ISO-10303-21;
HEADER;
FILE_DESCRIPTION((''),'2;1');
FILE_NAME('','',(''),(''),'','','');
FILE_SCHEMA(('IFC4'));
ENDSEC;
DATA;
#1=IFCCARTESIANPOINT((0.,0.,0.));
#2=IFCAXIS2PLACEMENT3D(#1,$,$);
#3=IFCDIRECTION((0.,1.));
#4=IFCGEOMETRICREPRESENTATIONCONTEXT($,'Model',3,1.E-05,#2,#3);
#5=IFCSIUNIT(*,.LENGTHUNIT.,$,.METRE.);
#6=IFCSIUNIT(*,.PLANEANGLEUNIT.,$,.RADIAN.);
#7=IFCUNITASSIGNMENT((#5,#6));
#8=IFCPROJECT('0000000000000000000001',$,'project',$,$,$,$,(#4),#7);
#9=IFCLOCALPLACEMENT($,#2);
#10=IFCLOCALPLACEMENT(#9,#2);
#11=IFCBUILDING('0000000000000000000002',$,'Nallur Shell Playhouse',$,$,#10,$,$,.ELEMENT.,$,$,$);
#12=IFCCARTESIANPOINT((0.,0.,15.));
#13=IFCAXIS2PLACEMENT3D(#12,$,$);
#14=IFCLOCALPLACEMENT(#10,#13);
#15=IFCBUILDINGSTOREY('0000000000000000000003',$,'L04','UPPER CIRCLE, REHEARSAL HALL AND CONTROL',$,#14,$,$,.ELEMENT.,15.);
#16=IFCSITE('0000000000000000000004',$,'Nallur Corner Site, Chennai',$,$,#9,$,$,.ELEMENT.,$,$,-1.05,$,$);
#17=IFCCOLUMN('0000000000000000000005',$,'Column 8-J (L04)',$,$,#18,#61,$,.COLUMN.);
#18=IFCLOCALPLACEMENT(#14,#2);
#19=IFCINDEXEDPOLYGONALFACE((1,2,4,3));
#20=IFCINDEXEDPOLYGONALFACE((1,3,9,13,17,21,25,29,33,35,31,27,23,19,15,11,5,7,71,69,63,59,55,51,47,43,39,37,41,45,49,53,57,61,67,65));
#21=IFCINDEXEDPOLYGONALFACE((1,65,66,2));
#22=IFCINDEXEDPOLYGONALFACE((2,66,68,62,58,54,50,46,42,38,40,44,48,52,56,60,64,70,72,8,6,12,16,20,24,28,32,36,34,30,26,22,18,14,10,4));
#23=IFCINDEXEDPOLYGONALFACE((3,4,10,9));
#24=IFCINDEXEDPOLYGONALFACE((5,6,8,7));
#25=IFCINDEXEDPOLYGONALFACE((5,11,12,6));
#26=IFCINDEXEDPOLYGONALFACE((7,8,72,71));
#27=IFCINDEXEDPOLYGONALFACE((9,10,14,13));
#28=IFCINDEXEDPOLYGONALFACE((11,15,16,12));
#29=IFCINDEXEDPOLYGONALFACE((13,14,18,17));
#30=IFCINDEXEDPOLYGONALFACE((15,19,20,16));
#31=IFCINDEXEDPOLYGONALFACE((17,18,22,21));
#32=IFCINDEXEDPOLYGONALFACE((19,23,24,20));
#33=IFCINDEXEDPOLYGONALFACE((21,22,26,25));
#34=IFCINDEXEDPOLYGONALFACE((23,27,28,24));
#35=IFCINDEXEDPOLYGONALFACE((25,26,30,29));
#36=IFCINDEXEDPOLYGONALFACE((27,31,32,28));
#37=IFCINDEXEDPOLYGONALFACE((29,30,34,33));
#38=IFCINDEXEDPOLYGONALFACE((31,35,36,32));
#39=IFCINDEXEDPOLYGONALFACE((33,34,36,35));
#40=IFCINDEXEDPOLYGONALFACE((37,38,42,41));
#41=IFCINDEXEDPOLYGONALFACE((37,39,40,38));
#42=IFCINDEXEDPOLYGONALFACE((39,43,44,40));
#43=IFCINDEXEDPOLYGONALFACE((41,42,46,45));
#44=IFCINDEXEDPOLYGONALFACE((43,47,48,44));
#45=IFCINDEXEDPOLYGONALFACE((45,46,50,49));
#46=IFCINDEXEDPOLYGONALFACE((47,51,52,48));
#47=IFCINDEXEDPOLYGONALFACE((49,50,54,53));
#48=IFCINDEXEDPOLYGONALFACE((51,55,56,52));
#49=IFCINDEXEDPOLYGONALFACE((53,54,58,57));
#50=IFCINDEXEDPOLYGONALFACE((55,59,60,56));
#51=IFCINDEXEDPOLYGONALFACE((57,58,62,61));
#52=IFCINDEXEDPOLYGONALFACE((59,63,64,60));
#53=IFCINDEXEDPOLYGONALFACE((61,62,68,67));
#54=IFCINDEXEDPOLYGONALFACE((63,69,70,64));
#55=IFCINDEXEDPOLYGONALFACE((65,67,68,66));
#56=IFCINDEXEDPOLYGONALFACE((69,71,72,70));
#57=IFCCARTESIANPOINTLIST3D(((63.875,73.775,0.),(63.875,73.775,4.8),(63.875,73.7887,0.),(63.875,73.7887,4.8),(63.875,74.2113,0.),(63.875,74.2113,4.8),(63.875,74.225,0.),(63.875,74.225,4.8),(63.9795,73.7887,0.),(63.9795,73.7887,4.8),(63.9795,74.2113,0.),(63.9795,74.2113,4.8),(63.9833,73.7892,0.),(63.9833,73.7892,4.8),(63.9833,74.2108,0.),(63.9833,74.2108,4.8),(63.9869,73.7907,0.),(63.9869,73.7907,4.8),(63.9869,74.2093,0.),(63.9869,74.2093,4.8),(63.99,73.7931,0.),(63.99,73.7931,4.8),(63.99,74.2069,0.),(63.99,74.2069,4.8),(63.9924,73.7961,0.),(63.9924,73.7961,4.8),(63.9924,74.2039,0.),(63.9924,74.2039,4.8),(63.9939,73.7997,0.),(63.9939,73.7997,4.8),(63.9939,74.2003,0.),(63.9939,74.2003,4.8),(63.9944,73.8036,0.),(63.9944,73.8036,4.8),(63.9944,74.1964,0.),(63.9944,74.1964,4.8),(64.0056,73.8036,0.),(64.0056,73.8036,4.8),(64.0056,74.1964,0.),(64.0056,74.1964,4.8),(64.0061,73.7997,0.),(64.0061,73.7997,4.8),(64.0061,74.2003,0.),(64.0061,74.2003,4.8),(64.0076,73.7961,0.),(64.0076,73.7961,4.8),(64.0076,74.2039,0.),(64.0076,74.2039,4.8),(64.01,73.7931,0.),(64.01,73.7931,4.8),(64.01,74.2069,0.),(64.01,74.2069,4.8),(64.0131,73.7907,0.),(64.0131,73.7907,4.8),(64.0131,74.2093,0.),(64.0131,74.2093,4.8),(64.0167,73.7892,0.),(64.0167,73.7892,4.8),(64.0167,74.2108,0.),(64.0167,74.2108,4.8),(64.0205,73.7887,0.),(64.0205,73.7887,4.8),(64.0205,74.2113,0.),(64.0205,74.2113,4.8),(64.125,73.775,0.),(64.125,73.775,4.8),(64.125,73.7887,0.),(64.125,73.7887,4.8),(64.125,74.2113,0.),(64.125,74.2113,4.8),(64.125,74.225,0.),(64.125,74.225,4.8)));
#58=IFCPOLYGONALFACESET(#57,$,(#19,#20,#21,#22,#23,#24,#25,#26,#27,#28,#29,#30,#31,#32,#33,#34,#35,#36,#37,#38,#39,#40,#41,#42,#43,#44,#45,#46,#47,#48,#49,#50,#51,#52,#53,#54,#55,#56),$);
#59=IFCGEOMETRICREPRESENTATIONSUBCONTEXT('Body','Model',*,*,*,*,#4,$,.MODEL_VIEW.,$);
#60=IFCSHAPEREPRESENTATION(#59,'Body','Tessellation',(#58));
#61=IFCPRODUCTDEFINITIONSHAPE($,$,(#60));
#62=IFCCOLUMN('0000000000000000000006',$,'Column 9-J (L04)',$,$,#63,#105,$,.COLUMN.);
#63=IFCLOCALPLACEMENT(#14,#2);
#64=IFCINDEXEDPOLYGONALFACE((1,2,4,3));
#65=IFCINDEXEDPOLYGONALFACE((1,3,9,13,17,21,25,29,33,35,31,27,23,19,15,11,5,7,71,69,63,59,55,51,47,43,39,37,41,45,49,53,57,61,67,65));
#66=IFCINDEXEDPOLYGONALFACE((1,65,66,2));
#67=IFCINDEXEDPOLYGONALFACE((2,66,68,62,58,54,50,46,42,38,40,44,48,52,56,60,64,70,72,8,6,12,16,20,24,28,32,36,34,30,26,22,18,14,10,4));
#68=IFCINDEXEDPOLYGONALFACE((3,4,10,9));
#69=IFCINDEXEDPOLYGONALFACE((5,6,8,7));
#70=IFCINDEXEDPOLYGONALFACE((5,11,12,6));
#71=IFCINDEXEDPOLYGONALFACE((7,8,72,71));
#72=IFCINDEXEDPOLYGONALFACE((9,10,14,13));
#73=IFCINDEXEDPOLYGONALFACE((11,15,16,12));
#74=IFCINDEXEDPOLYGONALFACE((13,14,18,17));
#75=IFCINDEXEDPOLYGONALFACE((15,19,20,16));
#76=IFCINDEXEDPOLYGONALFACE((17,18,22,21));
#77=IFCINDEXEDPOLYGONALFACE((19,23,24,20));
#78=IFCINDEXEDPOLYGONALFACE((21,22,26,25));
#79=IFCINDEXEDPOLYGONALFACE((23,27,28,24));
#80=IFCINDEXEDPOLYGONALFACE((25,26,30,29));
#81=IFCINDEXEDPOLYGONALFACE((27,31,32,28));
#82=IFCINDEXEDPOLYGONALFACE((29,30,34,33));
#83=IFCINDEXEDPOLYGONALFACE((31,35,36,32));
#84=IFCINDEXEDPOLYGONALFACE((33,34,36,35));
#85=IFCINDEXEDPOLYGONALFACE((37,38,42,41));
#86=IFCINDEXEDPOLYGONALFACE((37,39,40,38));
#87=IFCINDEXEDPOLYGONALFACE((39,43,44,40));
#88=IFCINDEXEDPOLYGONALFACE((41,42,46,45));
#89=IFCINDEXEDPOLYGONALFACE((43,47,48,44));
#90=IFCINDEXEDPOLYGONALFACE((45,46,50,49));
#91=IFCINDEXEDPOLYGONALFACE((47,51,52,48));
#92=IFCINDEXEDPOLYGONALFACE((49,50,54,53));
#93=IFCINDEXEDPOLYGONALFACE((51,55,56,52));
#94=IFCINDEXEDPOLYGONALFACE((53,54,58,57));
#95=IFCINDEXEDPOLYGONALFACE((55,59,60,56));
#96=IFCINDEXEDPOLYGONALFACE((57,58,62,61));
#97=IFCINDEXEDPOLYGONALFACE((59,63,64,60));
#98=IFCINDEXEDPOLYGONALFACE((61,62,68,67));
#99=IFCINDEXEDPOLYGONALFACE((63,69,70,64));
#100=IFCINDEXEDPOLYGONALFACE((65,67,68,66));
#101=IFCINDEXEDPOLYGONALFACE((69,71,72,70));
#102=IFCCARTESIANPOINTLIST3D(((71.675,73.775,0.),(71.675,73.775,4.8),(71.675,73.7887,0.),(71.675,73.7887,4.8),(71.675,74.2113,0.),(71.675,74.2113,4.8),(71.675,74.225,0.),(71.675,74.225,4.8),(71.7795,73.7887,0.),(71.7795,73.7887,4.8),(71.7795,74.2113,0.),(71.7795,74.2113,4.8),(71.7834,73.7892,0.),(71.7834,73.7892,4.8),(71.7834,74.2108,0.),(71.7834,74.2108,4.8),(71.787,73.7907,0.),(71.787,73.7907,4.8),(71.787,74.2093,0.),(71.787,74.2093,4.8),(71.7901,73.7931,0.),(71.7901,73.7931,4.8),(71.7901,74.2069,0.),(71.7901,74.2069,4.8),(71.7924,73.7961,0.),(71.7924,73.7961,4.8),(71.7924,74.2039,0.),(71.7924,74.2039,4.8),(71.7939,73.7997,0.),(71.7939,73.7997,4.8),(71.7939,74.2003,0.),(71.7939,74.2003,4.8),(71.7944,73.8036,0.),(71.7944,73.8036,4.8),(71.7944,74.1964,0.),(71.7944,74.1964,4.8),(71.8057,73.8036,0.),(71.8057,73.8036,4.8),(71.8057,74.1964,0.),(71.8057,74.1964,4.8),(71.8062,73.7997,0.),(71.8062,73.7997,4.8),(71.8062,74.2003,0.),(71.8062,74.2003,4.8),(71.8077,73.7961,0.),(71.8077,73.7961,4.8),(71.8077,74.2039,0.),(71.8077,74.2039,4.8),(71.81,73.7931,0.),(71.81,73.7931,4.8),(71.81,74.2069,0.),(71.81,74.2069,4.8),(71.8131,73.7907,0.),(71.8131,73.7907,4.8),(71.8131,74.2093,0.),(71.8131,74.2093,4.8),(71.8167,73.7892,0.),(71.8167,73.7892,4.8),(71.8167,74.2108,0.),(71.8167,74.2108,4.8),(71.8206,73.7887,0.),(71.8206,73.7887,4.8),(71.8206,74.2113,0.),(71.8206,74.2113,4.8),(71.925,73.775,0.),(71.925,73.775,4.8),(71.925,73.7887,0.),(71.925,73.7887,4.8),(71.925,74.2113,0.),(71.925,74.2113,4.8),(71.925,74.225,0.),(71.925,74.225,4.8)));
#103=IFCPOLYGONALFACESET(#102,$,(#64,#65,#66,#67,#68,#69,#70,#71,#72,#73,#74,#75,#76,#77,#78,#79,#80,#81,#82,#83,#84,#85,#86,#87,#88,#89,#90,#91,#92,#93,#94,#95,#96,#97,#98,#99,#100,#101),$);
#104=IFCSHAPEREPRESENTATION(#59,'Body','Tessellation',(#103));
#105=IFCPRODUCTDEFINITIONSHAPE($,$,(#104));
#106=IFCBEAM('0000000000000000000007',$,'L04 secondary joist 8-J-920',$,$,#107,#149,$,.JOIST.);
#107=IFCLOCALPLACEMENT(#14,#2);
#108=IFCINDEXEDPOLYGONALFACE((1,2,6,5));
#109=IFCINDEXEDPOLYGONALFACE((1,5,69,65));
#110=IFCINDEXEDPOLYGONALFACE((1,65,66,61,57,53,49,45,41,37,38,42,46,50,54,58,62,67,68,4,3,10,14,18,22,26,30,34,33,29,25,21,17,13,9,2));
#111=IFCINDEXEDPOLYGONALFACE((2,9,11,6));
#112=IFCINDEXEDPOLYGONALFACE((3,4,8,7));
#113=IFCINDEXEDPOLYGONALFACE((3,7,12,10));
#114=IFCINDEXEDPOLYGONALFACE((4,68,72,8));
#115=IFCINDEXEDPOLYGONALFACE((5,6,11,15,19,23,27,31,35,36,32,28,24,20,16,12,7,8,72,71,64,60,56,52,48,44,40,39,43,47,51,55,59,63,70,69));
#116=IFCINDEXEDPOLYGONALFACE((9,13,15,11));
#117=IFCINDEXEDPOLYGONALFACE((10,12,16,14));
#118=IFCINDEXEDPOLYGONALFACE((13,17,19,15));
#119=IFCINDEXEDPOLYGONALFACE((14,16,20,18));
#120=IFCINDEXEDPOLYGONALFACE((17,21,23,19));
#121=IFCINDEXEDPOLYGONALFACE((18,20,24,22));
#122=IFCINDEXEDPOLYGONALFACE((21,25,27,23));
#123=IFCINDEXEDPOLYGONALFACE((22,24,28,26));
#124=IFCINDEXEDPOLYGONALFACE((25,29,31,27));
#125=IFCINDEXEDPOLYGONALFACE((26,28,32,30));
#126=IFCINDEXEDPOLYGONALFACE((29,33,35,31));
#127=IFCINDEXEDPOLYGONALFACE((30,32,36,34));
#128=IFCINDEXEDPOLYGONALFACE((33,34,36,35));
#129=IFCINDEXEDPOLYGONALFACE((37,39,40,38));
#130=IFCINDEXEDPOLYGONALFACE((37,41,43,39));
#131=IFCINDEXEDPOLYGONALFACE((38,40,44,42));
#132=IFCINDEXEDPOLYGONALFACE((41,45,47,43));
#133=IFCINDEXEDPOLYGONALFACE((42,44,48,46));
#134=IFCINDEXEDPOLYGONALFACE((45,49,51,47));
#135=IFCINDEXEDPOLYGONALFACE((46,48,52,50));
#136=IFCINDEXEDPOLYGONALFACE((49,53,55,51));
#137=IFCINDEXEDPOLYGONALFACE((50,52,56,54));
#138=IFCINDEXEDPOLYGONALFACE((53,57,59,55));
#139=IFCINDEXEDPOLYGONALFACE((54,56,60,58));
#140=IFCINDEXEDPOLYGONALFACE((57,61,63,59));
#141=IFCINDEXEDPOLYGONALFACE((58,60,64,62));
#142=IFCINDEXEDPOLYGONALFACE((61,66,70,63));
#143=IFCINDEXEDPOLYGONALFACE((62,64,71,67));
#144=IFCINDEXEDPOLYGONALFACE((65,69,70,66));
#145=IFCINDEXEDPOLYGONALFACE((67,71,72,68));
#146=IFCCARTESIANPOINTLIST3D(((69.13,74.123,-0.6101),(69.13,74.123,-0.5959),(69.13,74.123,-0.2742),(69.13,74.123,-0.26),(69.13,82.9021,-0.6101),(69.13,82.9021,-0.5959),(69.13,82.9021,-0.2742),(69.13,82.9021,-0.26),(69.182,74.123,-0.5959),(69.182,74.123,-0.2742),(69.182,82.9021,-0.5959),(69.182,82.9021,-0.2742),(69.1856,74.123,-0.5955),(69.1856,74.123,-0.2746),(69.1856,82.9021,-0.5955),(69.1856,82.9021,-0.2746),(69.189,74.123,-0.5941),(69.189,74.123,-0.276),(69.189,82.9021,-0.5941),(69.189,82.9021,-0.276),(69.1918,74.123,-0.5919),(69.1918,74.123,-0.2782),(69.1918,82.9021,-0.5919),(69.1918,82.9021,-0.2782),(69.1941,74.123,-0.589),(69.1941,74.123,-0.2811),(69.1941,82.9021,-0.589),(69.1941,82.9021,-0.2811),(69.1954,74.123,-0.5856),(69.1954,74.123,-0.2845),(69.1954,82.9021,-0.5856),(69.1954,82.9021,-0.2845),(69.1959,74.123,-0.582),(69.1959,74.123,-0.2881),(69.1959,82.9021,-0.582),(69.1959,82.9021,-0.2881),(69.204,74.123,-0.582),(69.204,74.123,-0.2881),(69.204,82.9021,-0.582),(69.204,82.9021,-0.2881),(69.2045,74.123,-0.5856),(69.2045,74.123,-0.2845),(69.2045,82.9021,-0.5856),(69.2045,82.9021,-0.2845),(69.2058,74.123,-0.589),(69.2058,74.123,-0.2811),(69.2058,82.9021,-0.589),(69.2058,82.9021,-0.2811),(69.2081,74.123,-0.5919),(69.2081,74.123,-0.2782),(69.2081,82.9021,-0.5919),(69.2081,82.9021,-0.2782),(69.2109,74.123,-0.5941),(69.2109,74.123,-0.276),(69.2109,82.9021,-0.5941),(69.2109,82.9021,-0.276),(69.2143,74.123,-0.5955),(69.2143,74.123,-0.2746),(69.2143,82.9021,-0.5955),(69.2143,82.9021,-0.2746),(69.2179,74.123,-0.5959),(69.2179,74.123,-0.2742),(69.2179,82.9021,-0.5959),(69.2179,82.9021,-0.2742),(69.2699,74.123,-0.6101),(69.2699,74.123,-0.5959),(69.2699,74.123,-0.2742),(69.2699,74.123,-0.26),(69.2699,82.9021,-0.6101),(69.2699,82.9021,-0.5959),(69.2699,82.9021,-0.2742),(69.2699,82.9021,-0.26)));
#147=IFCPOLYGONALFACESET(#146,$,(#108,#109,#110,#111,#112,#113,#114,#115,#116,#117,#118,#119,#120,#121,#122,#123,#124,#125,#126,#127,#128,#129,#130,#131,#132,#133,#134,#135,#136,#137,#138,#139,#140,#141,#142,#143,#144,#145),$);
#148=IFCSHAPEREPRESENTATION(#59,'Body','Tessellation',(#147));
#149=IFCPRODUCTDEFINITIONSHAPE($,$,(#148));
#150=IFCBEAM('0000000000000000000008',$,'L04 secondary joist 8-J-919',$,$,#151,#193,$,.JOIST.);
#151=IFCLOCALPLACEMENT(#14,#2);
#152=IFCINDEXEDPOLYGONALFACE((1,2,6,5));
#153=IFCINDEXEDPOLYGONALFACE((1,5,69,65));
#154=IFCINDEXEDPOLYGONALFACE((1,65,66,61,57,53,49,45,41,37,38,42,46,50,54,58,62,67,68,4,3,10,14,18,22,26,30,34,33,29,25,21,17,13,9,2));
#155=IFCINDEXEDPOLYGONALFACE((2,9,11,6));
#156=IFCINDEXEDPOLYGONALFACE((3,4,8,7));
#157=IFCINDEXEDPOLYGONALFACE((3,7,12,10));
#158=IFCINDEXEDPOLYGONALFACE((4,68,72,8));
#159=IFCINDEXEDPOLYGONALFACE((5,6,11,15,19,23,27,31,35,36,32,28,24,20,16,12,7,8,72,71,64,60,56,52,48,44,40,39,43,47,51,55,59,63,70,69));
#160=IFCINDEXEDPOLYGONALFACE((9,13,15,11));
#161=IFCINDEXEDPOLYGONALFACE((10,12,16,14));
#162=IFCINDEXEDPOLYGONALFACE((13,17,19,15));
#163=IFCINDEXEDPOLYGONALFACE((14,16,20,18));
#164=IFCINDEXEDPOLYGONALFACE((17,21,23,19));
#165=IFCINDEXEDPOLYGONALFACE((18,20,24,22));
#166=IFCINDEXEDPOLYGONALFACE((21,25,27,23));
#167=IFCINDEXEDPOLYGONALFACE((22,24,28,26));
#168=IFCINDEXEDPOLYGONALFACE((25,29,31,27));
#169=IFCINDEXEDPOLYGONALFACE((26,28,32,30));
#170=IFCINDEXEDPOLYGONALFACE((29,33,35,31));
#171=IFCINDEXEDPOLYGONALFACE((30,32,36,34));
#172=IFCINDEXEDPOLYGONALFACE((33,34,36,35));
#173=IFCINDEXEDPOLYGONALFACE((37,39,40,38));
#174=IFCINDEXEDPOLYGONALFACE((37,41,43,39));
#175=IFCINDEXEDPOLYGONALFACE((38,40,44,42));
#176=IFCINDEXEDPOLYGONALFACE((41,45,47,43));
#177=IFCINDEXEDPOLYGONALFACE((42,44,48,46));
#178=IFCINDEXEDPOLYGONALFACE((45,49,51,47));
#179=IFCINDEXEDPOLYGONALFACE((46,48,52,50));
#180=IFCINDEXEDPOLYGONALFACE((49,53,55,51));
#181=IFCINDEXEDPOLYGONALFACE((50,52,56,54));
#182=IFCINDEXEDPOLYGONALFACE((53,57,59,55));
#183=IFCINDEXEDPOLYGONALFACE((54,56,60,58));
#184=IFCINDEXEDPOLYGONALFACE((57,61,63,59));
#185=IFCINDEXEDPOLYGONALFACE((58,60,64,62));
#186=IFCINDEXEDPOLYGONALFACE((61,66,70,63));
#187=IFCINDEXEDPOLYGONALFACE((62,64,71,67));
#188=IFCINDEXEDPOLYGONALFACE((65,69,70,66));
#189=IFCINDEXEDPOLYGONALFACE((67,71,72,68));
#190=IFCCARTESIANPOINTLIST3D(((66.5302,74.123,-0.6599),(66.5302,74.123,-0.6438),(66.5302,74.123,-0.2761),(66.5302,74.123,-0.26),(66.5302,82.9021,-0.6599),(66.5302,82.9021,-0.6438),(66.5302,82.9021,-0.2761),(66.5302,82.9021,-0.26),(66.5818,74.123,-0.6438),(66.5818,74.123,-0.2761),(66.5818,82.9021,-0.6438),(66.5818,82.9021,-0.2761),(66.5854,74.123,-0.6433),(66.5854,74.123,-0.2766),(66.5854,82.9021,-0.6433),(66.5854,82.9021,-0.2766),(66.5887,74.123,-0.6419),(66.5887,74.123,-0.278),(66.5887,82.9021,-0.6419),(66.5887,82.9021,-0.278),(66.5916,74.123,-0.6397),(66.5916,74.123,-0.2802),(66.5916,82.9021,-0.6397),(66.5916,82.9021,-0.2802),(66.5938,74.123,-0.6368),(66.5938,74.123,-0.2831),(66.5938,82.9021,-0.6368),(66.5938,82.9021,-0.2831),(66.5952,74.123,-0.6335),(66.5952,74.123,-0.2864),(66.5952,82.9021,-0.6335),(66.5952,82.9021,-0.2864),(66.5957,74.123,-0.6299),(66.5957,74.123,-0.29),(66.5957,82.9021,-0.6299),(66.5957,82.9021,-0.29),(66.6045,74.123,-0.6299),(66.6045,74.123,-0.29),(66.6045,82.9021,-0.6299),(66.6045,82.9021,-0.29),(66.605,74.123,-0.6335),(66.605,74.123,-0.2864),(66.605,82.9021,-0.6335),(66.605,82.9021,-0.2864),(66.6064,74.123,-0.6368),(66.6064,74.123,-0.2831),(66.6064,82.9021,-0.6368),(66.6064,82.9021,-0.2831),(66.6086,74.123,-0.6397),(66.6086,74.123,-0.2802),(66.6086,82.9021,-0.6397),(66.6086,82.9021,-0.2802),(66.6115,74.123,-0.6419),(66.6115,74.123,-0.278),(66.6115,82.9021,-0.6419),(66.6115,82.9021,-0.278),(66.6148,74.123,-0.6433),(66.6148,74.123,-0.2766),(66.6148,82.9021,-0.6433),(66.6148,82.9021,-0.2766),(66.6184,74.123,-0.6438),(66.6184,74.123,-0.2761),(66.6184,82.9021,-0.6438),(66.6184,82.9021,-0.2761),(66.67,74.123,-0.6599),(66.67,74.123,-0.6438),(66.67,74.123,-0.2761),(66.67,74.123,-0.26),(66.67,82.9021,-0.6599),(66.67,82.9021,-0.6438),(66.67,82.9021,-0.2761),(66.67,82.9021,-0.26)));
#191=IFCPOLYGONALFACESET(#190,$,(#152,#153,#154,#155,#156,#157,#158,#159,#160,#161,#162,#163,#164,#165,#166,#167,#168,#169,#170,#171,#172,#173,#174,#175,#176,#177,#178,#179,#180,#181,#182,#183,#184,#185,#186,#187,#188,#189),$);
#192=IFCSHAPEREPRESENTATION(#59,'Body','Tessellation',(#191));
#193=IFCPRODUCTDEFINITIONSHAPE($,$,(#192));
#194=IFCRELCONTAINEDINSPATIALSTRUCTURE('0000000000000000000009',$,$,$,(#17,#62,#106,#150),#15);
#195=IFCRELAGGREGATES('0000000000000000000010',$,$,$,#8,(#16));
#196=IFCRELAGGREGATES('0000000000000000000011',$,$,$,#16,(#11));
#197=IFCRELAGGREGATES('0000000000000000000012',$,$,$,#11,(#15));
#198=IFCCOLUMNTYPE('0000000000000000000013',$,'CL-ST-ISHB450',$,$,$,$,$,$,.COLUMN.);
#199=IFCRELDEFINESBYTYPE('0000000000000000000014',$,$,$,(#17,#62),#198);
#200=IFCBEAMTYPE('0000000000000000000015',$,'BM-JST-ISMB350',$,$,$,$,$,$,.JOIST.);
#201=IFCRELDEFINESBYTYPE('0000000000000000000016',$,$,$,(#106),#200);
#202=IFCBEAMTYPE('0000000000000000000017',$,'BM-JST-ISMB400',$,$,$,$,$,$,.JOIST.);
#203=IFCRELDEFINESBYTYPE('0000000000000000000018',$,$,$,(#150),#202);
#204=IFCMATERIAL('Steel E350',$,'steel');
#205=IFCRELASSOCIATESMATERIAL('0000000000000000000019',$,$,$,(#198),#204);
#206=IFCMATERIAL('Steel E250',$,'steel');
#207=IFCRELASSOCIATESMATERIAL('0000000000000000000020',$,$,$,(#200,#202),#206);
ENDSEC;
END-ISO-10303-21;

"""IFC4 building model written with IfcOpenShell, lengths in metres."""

from ifc_helpers import new_model, si_unit, direction, frame, origin, origin_2d, place, context, subcontext, project, spatial, i_section, extrude, material, material_profile, profile_set, type_object, element, save


model = new_model("IFC4")

# Units and contexts
model_context = context("Model", 3, precision=1e-05, world=origin(), true_north=direction((0.0, 1.0)))
body_context = subcontext(model_context, "Body", "Model", "MODEL_VIEW")
ifc_project = project(units=[si_unit("LENGTHUNIT", "METRE"), si_unit("PLANEANGLEUNIT", "RADIAN")], contexts=[model_context])

# Site, building, storey
site_placement = place(None, origin())
site = spatial("IfcSite", under=ifc_project, at=site_placement, Name="Nallur Corner Site, Chennai", CompositionType="ELEMENT", RefElevation=-1.05)
building_placement = place(site_placement, origin())
building = spatial("IfcBuilding", under=site, at=building_placement, Name="Nallur Shell Playhouse", CompositionType="ELEMENT")
storey_placement = place(building_placement, frame((0.0, 0.0, 15.0)))
storey = spatial("IfcBuildingStorey", under=building, at=storey_placement, Name="L04", Description="UPPER CIRCLE, REHEARSAL HALL AND CONTROL", CompositionType="ELEMENT", Elevation=15.0)

# Columns
ifc_material_1 = material(Name="Steel E350", Category="steel")
ifc_material_profile_1 = material_profile(ifc_material_1, i_section(OverallWidth=0.25, OverallDepth=0.45, WebThickness=0.0112, FlangeThickness=0.0137, FilletRadius=0.0149, at=origin_2d()), Name="ISHB 450")
ifc_profile_set_1 = profile_set([ifc_material_profile_1], Name="Steel E350")
column_type = type_object("IfcColumnType", Name="CL-ST-ISHB450", PredefinedType="COLUMN", material=ifc_profile_set_1)
for number, where, z_axis, x_axis, name in (
    (1, (64.0, 74.0, 0.0), (0.0, 0.0, 1.0), (1.0, 0.0, 0.0), "Column 8-J (L04)"),
    (2, (71.8, 74.0, 0.0), (0.0, 0.0, 1.0), (1.0, 0.0, 0.0), "Column 9-J (L04)"),
):
    element("IfcColumn", number, at=place(storey_placement, frame(where, z_axis=z_axis, x_axis=x_axis)), inside=storey, type_object=column_type, Name=name, PredefinedType="COLUMN", context=body_context, shape_type="SweptSolid", body=[
        extrude(i_section(OverallWidth=0.25, OverallDepth=0.45, WebThickness=0.0112, FlangeThickness=0.0137, FilletRadius=0.0149, at=origin_2d()), origin(), (0.0, 0.0, 1.0), 4.8),
    ])

# Beams
ifc_material_2 = material(Name="Steel E250", Category="steel")
ifc_material_profile_2 = material_profile(ifc_material_2, i_section(OverallWidth=0.1399, OverallDepth=0.3501, WebThickness=0.0081, FlangeThickness=0.0142, FilletRadius=0.0139, at=origin_2d()), Name="ISMB 350")
ifc_profile_set_2 = profile_set([ifc_material_profile_2], Name="Steel E250")
beam_type_1 = type_object("IfcBeamType", Name="BM-JST-ISMB350", PredefinedType="JOIST", material=ifc_profile_set_2)
beam_1_placement = place(storey_placement, frame((69.2, 74.123, -0.4351), z_axis=(0.0, 1.0, 0.0), x_axis=(-1.0, 0.0, 0.0)))
element("IfcBeam", 3, at=beam_1_placement, inside=storey, type_object=beam_type_1, Name="L04 secondary joist 8-J-920", PredefinedType="JOIST", context=body_context, shape_type="SweptSolid", body=[
    extrude(i_section(OverallWidth=0.1399, OverallDepth=0.3501, WebThickness=0.0081, FlangeThickness=0.0142, FilletRadius=0.0139, at=origin_2d()), origin(), (0.0, 0.0, 1.0), 8.7791),
])
ifc_material_profile_3 = material_profile(ifc_material_2, i_section(OverallWidth=0.1399, OverallDepth=0.3999, WebThickness=0.0088, FlangeThickness=0.0161, FilletRadius=0.0139, at=origin_2d()), Name="ISMB 400")
ifc_profile_set_3 = profile_set([ifc_material_profile_3], Name="Steel E250")
beam_type_2 = type_object("IfcBeamType", Name="BM-JST-ISMB400", PredefinedType="JOIST", material=ifc_profile_set_3)
beam_2_placement = place(storey_placement, frame((66.6001, 74.123, -0.46), z_axis=(0.0, 1.0, 0.0), x_axis=(-1.0, 0.0, 0.0)))
element("IfcBeam", 4, at=beam_2_placement, inside=storey, type_object=beam_type_2, Name="L04 secondary joist 8-J-919", PredefinedType="JOIST", context=body_context, shape_type="SweptSolid", body=[
    extrude(i_section(OverallWidth=0.1399, OverallDepth=0.3999, WebThickness=0.0088, FlangeThickness=0.0161, FilletRadius=0.0139, at=origin_2d()), origin(), (0.0, 0.0, 1.0), 8.7791),
])

save(model, "model.ifc")
